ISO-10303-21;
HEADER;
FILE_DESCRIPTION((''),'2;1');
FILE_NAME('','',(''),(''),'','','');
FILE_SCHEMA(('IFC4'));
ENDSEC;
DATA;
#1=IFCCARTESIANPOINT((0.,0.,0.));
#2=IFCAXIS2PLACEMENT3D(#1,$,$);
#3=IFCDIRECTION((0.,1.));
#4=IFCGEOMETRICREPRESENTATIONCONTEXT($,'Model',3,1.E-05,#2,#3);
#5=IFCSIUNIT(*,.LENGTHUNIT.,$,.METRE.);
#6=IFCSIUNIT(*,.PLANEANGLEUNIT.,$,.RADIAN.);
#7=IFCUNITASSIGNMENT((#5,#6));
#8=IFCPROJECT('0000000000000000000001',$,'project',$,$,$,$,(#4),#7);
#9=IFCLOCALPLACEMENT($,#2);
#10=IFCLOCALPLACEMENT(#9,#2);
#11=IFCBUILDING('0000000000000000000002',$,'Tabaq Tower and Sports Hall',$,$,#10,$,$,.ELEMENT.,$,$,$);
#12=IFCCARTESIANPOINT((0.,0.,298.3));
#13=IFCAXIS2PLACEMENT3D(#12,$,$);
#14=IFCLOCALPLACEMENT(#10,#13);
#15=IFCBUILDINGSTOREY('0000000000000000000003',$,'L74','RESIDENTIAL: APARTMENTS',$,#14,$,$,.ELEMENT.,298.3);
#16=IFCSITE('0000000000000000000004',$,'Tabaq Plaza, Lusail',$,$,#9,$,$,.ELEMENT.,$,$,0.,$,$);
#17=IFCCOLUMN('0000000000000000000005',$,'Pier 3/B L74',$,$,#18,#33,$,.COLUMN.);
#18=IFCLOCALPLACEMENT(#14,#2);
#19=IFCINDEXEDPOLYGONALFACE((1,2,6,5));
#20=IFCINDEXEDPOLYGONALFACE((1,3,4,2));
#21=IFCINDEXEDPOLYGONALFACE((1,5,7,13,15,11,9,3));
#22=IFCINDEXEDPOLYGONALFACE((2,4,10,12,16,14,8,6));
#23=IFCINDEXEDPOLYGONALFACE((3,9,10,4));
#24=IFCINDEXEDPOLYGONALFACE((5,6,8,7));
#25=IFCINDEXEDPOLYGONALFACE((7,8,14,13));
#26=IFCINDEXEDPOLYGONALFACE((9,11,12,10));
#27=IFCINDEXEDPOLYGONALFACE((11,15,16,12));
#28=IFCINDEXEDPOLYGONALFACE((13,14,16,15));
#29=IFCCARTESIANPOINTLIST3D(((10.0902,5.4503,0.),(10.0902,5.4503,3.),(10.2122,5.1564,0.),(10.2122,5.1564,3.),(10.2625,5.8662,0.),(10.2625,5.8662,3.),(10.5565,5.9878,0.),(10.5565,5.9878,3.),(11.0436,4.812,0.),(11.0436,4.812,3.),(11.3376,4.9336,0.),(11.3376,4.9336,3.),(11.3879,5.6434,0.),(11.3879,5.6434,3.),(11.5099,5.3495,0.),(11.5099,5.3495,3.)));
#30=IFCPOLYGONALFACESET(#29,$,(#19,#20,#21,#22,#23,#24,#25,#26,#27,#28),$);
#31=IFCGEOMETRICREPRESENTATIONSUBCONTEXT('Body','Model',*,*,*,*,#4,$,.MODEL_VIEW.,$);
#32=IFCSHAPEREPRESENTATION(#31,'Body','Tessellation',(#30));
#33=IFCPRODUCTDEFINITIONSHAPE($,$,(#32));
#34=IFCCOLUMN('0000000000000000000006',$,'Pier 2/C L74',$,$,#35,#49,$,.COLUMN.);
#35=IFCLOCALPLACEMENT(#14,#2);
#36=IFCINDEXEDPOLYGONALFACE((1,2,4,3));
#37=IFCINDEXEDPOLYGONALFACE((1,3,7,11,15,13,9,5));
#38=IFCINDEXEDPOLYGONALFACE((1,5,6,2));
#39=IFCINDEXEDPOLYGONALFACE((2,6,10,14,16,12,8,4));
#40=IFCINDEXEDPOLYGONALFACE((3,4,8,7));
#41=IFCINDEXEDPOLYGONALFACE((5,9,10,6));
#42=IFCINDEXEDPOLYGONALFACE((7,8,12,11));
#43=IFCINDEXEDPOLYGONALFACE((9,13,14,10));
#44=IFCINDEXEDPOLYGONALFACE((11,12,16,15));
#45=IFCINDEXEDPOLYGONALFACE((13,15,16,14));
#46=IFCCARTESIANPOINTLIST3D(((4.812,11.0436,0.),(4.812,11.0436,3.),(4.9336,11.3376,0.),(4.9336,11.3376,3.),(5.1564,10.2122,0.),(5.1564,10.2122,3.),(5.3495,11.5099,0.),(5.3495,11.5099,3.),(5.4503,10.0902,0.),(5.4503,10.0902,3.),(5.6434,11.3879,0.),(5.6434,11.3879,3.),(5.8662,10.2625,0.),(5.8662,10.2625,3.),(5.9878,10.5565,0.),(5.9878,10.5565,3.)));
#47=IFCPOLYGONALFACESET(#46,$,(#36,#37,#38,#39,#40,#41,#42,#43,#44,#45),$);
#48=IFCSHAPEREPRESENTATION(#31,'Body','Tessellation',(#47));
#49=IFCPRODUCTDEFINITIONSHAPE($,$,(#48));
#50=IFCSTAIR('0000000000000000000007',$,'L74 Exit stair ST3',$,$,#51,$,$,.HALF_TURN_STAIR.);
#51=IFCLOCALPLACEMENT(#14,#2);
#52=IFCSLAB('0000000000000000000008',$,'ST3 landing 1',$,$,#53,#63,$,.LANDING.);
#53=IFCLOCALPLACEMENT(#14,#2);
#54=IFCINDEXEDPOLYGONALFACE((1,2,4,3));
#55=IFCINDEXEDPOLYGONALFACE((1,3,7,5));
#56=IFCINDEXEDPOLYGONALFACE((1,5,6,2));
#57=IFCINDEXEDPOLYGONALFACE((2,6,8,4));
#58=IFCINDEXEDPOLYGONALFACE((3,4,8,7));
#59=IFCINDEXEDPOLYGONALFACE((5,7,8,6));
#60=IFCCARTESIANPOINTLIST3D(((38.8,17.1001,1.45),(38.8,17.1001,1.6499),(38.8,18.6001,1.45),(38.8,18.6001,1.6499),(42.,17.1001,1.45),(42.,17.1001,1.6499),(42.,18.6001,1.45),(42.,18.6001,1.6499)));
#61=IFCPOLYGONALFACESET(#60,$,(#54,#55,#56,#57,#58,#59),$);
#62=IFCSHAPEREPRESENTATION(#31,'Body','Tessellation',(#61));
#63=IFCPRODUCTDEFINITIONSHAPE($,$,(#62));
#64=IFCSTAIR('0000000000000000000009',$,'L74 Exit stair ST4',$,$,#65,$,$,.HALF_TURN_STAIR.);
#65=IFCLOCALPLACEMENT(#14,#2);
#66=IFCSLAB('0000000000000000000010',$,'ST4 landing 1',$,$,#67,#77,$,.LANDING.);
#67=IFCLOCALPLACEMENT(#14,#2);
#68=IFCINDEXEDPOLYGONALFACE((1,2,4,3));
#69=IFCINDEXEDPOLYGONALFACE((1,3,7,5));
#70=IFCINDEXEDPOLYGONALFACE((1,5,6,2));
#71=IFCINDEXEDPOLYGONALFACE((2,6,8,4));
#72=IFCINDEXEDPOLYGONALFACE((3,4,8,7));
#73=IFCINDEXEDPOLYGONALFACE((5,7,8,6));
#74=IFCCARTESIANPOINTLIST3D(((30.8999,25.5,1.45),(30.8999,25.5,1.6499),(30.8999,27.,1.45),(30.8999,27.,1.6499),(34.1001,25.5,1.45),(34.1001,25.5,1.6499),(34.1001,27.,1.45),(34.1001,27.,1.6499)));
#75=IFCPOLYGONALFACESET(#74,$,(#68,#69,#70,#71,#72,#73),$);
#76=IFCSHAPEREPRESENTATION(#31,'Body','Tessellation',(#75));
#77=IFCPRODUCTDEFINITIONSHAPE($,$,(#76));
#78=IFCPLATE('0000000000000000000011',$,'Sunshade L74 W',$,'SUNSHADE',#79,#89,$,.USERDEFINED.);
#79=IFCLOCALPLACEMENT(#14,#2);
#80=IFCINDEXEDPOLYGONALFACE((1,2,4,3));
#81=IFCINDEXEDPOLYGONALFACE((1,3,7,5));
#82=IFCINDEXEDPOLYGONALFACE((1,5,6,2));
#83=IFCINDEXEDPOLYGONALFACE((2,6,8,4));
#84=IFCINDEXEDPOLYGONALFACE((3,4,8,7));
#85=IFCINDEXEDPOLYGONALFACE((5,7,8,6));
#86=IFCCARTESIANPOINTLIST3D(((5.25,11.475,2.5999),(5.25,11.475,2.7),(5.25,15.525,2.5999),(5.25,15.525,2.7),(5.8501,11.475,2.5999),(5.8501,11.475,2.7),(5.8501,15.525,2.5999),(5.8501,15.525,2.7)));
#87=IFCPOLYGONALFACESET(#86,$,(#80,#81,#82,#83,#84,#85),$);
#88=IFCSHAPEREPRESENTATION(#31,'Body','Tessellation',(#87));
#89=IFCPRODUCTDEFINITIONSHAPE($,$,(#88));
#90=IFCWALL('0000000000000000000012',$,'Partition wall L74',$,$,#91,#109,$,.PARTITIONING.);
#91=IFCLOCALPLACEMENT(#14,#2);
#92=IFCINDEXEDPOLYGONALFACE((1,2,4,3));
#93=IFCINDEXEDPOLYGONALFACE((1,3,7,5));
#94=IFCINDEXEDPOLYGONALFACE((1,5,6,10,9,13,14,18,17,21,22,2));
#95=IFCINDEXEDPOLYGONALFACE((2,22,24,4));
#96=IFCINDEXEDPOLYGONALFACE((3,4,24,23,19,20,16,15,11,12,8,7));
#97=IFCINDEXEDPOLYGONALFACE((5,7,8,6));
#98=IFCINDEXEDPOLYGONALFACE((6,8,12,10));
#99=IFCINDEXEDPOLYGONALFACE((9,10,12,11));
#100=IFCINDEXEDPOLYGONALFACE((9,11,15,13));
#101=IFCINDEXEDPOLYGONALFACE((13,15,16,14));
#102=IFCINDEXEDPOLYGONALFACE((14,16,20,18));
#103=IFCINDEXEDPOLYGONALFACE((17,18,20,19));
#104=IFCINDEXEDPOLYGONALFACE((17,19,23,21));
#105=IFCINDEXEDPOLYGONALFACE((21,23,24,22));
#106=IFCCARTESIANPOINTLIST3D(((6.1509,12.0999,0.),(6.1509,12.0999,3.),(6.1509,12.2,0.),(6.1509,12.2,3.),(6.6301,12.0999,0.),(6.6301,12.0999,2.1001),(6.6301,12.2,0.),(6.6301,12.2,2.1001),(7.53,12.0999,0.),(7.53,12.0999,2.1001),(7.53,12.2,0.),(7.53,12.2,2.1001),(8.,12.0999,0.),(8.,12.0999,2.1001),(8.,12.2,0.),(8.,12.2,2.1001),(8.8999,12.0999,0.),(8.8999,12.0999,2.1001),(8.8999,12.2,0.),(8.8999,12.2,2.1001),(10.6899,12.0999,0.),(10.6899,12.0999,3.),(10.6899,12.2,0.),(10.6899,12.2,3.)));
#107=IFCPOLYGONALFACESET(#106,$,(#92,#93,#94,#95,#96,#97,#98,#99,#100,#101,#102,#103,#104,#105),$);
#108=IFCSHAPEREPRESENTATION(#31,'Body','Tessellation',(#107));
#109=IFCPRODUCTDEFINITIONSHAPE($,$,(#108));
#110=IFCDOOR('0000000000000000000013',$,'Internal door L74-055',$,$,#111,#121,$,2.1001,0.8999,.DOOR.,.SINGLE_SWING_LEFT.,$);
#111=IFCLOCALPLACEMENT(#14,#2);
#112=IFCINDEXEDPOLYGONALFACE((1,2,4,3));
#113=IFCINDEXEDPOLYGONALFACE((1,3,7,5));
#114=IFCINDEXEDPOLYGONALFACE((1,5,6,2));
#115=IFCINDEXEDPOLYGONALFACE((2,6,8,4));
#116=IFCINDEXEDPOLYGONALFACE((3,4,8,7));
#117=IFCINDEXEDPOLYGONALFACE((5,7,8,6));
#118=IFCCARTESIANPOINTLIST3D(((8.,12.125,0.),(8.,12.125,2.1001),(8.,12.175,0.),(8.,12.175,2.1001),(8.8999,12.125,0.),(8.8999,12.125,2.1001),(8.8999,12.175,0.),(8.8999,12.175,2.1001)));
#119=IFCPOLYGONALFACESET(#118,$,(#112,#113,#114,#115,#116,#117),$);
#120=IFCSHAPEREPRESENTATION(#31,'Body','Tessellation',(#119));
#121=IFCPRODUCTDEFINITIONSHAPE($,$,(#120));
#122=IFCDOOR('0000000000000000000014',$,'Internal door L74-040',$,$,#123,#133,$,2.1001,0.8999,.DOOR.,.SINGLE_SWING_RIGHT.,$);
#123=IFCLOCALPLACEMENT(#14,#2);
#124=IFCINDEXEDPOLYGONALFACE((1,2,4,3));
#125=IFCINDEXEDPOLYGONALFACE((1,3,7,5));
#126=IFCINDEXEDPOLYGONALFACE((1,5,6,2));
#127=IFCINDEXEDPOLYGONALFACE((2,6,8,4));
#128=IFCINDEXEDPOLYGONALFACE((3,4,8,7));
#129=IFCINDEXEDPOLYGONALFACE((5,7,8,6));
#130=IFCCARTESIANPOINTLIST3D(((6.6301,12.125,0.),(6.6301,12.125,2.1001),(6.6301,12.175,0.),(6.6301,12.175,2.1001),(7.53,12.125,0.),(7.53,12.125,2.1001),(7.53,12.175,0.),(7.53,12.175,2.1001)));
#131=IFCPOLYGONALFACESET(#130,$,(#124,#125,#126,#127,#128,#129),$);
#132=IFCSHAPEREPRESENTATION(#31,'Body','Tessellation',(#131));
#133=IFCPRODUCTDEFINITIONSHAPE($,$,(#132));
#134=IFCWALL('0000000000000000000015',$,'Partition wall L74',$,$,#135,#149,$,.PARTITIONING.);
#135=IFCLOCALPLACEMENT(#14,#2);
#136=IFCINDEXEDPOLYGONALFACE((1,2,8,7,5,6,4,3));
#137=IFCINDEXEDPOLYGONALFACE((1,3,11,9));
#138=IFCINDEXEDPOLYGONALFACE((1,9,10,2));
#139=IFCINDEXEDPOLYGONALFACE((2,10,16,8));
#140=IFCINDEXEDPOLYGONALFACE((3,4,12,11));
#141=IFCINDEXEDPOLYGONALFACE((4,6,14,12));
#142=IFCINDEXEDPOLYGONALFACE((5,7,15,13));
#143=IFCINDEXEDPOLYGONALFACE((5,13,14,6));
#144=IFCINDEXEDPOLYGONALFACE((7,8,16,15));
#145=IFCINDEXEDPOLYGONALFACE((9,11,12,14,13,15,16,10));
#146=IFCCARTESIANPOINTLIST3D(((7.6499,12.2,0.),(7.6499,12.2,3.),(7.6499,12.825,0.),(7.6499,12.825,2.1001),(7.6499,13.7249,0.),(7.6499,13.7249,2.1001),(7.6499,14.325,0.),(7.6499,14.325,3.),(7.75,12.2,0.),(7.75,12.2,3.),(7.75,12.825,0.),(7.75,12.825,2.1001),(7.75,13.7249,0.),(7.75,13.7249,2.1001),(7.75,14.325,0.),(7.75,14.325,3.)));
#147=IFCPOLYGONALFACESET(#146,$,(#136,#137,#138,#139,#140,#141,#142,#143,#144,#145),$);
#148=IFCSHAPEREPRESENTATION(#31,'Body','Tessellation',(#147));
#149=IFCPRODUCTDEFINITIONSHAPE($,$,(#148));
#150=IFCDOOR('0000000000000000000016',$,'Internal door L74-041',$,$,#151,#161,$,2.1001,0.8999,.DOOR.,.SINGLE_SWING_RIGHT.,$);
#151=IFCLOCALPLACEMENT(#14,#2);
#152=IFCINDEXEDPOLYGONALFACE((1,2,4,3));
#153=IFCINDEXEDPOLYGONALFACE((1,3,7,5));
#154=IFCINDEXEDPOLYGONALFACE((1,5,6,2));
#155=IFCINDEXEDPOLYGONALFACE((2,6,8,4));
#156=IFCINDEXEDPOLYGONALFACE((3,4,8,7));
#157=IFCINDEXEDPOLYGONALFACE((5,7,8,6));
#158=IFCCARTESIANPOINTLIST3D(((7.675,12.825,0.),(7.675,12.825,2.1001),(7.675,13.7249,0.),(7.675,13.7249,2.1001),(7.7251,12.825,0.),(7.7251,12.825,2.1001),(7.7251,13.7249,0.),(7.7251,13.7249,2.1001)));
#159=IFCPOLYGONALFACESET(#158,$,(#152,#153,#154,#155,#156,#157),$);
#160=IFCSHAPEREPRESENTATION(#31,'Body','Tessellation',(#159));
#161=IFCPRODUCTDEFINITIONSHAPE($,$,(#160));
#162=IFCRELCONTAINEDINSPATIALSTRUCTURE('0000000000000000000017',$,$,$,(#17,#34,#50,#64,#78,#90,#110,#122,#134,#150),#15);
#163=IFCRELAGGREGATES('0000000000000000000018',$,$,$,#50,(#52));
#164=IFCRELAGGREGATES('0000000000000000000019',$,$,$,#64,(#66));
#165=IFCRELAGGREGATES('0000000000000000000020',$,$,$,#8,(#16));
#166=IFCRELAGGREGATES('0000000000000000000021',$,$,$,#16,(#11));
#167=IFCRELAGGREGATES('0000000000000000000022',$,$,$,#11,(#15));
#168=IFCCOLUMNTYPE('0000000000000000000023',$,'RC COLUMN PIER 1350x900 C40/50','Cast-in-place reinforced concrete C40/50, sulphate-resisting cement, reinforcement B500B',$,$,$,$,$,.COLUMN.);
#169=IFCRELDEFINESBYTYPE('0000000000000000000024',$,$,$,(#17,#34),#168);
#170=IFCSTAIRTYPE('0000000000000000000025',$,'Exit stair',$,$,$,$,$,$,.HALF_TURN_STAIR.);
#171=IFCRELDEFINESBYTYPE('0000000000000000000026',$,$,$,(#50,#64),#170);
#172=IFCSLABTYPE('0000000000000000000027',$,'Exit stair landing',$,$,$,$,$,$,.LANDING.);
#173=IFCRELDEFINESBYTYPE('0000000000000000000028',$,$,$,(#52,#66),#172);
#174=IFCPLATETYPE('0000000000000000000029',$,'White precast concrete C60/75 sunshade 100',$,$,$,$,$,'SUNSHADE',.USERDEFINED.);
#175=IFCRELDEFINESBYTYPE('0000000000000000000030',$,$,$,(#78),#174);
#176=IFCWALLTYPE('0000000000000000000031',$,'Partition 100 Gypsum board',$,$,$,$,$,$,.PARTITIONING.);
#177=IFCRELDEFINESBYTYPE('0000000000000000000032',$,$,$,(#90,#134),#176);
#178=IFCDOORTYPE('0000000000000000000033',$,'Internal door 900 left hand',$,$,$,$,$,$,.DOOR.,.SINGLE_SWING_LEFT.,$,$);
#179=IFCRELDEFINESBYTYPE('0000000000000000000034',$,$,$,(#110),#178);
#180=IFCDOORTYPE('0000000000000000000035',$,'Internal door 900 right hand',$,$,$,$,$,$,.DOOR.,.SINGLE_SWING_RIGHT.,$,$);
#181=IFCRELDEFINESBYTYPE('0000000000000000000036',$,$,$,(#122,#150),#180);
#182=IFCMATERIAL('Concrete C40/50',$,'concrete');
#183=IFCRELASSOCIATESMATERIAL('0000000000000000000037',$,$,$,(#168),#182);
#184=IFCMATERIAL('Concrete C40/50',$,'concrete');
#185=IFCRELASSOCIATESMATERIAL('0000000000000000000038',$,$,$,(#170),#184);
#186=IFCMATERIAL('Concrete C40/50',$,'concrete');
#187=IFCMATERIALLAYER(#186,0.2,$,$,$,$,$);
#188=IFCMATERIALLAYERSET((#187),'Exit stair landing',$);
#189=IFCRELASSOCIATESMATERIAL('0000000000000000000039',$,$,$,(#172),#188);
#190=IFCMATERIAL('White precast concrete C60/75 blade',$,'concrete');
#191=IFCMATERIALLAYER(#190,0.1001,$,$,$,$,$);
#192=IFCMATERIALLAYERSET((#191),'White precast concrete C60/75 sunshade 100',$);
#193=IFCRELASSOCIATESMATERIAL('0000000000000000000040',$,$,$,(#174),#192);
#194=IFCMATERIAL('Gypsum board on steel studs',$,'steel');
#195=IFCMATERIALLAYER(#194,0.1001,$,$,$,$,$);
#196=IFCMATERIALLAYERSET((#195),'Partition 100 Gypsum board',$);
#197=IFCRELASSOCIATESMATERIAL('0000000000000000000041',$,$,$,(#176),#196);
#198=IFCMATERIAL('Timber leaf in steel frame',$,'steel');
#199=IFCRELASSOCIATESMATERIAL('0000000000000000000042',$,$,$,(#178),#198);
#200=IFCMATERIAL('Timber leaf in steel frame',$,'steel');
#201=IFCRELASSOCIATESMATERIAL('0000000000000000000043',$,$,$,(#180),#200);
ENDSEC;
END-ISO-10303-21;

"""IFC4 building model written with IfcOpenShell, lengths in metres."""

from ifc_helpers import new_model, si_unit, direction, frame, frame_2d, origin, origin_2d, place, context, subcontext, project, spatial, polyline, rectangle, outline, extrude, material, layer, layer_set, material_profile, profile_set, type_object, element, fill, aggregate, save


model = new_model("IFC4")

# Units and contexts
model_context = context("Model", 3, precision=1e-05, world=origin(), true_north=direction((0.0, 1.0)))
body_context = subcontext(model_context, "Body", "Model", "MODEL_VIEW")
ifc_project = project(units=[si_unit("LENGTHUNIT", "METRE"), si_unit("PLANEANGLEUNIT", "RADIAN")], contexts=[model_context])

# Site, building, storey
site_placement = place(None, origin())
site = spatial("IfcSite", under=ifc_project, at=site_placement, Name="Tabaq Plaza, Lusail", CompositionType="ELEMENT", RefElevation=0.0)
building_placement = place(site_placement, origin())
building = spatial("IfcBuilding", under=site, at=building_placement, Name="Tabaq Tower and Sports Hall", CompositionType="ELEMENT")
storey_placement = place(building_placement, frame((0.0, 0.0, 298.3)))
storey = spatial("IfcBuildingStorey", under=building, at=storey_placement, Name="L74", Description="RESIDENTIAL: APARTMENTS", CompositionType="ELEMENT", Elevation=298.3)

# Columns
ifc_material_1 = material(Name="Concrete C40/50", Category="concrete")
ifc_material_profile = material_profile(ifc_material_1, outline(polyline([(-0.45, -0.45), (0.45, -0.45), (0.675, -0.2251), (0.675, 0.2251), (0.45, 0.45), (-0.45, 0.45), (-0.675, 0.2251), (-0.675, -0.2251), (-0.45, -0.45)])), Name="PIER 1350x900")
ifc_profile_set = profile_set([ifc_material_profile], Name="Concrete C40/50")
column_type = type_object("IfcColumnType", Name="RC COLUMN PIER 1350x900 C40/50", Description="Cast-in-place reinforced concrete C40/50, sulphate-resisting cement, reinforcement B500B", PredefinedType="COLUMN", material=ifc_profile_set)
for number, where, z_axis, x_axis, name in (
    (1, (10.8, 5.3999, 0.0), (0.0, 0.0, 1.0), (-0.92388, 0.382683, 0.0), "Pier 3/B L74"),
    (2, (5.3999, 10.8, 0.0), (0.0, 0.0, 1.0), (-0.382683, 0.92388, 0.0), "Pier 2/C L74"),
):
    element("IfcColumn", number, at=place(storey_placement, frame(where, z_axis=z_axis, x_axis=x_axis)), inside=storey, type_object=column_type, Name=name, PredefinedType="COLUMN", context=body_context, shape_type="SweptSolid", body=[
        extrude(outline(polyline([(-0.45, -0.45), (0.45, -0.45), (0.675, -0.2251), (0.675, 0.2251), (0.45, 0.45), (-0.45, 0.45), (-0.675, 0.2251), (-0.675, -0.2251), (-0.45, -0.45)])), origin(), (0.0, 0.0, 1.0), 3.0),
    ])

# Stairs, slabs
ifc_material_2 = material(Name="Concrete C40/50", Category="concrete")
stair_type = type_object("IfcStairType", Name="Exit stair", PredefinedType="HALF_TURN_STAIR", material=ifc_material_2)
stair_1_placement = place(storey_placement, origin())
stair_1 = element("IfcStair", 3, at=stair_1_placement, inside=storey, type_object=stair_type, Name="L74 Exit stair ST3", PredefinedType="HALF_TURN_STAIR")
ifc_material_3 = material(Name="Concrete C40/50", Category="concrete")
ifc_layer_1 = layer(ifc_material_3, 0.2)
ifc_layer_set_1 = layer_set([ifc_layer_1], Name="Exit stair landing")
slab_type = type_object("IfcSlabType", Name="Exit stair landing", PredefinedType="LANDING", material=ifc_layer_set_1)
slab_1_placement = place(storey_placement, frame((0.0, 0.0, 1.45)))
slab_1 = element("IfcSlab", 4, at=slab_1_placement, type_object=slab_type, Name="ST3 landing 1", PredefinedType="LANDING", context=body_context, shape_type="SweptSolid", body=[
    extrude(outline(polyline([(38.8, 18.6001), (38.8, 17.1001), (42.0, 17.1001), (42.0, 18.6001), (38.8, 18.6001)])), origin(), (0.0, 0.0, 1.0), 0.2),
])
aggregate(stair_1, [slab_1])
stair_2_placement = place(storey_placement, origin())
stair_2 = element("IfcStair", 5, at=stair_2_placement, inside=storey, type_object=stair_type, Name="L74 Exit stair ST4", PredefinedType="HALF_TURN_STAIR")
slab_2_placement = place(storey_placement, frame((0.0, 0.0, 1.45)))
slab_2 = element("IfcSlab", 6, at=slab_2_placement, type_object=slab_type, Name="ST4 landing 1", PredefinedType="LANDING", context=body_context, shape_type="SweptSolid", body=[
    extrude(outline(polyline([(30.8999, 27.0), (30.8999, 25.5), (34.1001, 25.5), (34.1001, 27.0), (30.8999, 27.0)])), origin(), (0.0, 0.0, 1.0), 0.2),
])
aggregate(stair_2, [slab_2])

# Plate
ifc_material_4 = material(Name="White precast concrete C60/75 blade", Category="concrete")
ifc_layer_2 = layer(ifc_material_4, 0.1001)
ifc_layer_set_2 = layer_set([ifc_layer_2], Name="White precast concrete C60/75 sunshade 100")
plate_type = type_object("IfcPlateType", Name="White precast concrete C60/75 sunshade 100", ElementType="SUNSHADE", PredefinedType="USERDEFINED", material=ifc_layer_set_2)
plate_placement = place(storey_placement, frame((5.55, 13.5, 2.5999), z_axis=(0.0, 0.0, 1.0), x_axis=(0.0, -1.0, 0.0)))
element("IfcPlate", 7, at=plate_placement, inside=storey, type_object=plate_type, Name="Sunshade L74 W", ObjectType="SUNSHADE", PredefinedType="USERDEFINED", context=body_context, shape_type="SweptSolid", body=[
    extrude(rectangle(XDim=4.05, YDim=0.6001, at=origin_2d()), origin(), (0.0, 0.0, 1.0), 0.1001),
])

# Wall, openings, doors
ifc_material_5 = material(Name="Gypsum board on steel studs", Category="steel")
ifc_layer_3 = layer(ifc_material_5, 0.1001)
ifc_layer_set_3 = layer_set([ifc_layer_3], Name="Partition 100 Gypsum board")
wall_type_1 = type_object("IfcWallType", Name="Partition 100 Gypsum board", PredefinedType="PARTITIONING", material=ifc_layer_set_3)
wall_1_placement = place(storey_placement, frame((10.6899, 12.1499, 0.0), z_axis=(0.0, 0.0, 1.0), x_axis=(-1.0, 0.0, 0.0)))
wall_1 = element("IfcWall", 8, at=wall_1_placement, inside=storey, type_object=wall_type_1, Name="Partition wall L74", PredefinedType="PARTITIONING", context=body_context, shape_type="SweptSolid", body=[
    extrude(rectangle(XDim=4.5391, YDim=0.1001, at=frame_2d((2.2695, 0.0))), origin(), (0.0, 0.0, 1.0), 3.0),
])
opening_1_placement = place(wall_1_placement, frame((3.1599, 0.0, 0.0)))
opening_1 = element("IfcOpeningElement", 9, at=opening_1_placement, cuts=wall_1, PredefinedType="OPENING", context=body_context, shape_type="SweptSolid", body=[
    extrude(rectangle(XDim=0.8999, YDim=2.1001, at=frame_2d((0.45, 1.05))), frame((0.0, 0.05, 0.0), z_axis=(0.0, -1.0, 0.0), x_axis=(1.0, 0.0, 0.0)), (0.0, 0.0, 1.0), 0.1001),
])
opening_2_placement = place(wall_1_placement, frame((1.79, 0.0, 0.0)))
opening_2 = element("IfcOpeningElement", 10, at=opening_2_placement, cuts=wall_1, PredefinedType="OPENING", context=body_context, shape_type="SweptSolid", body=[
    extrude(rectangle(XDim=0.8999, YDim=2.1001, at=frame_2d((0.45, 1.05))), frame((0.0, 0.05, 0.0), z_axis=(0.0, -1.0, 0.0), x_axis=(1.0, 0.0, 0.0)), (0.0, 0.0, 1.0), 0.1001),
])
ifc_material_6 = material(Name="Timber leaf in steel frame", Category="steel")
door_type_1 = type_object("IfcDoorType", Name="Internal door 900 left hand", OperationType="SINGLE_SWING_LEFT", PredefinedType="DOOR", material=ifc_material_6)
door_1_placement = place(opening_2_placement, origin())
door_1 = element("IfcDoor", 11, at=door_1_placement, inside=storey, type_object=door_type_1, Name="Internal door L74-055", OperationType="SINGLE_SWING_LEFT", OverallHeight=2.1001, OverallWidth=0.8999, PredefinedType="DOOR", context=body_context, shape_type="SweptSolid", body=[
    extrude(rectangle(XDim=0.8999, YDim=2.1001, at=frame_2d((0.45, 1.05))), frame((0.0, 0.0249, 0.0), z_axis=(0.0, -1.0, 0.0), x_axis=(1.0, 0.0, 0.0)), (0.0, 0.0, 1.0), 0.05),
])
fill(opening_2, door_1)
ifc_material_7 = material(Name="Timber leaf in steel frame", Category="steel")
door_type_2 = type_object("IfcDoorType", Name="Internal door 900 right hand", OperationType="SINGLE_SWING_RIGHT", PredefinedType="DOOR", material=ifc_material_7)
door_2_placement = place(opening_1_placement, origin())
door_2 = element("IfcDoor", 12, at=door_2_placement, inside=storey, type_object=door_type_2, Name="Internal door L74-040", OperationType="SINGLE_SWING_RIGHT", OverallHeight=2.1001, OverallWidth=0.8999, PredefinedType="DOOR", context=body_context, shape_type="SweptSolid", body=[
    extrude(rectangle(XDim=0.8999, YDim=2.1001, at=frame_2d((0.45, 1.05))), frame((0.0, 0.0249, 0.0), z_axis=(0.0, -1.0, 0.0), x_axis=(1.0, 0.0, 0.0)), (0.0, 0.0, 1.0), 0.05),
])
fill(opening_1, door_2)

# Wall, opening, door
wall_2_placement = place(storey_placement, frame((7.7, 12.2, 0.0), z_axis=(0.0, 0.0, 1.0), x_axis=(0.0, 1.0, 0.0)))
wall_2 = element("IfcWall", 13, at=wall_2_placement, inside=storey, type_object=wall_type_1, Name="Partition wall L74", PredefinedType="PARTITIONING", context=body_context, shape_type="SweptSolid", body=[
    extrude(rectangle(XDim=2.125, YDim=0.1001, at=frame_2d((1.0625, 0.0))), origin(), (0.0, 0.0, 1.0), 3.0),
])
opening_3_placement = place(wall_2_placement, frame((0.625, 0.0, 0.0)))
opening_3 = element("IfcOpeningElement", 14, at=opening_3_placement, cuts=wall_2, PredefinedType="OPENING", context=body_context, shape_type="SweptSolid", body=[
    extrude(rectangle(XDim=0.8999, YDim=2.1001, at=frame_2d((0.45, 1.05))), frame((0.0, 0.05, 0.0), z_axis=(0.0, -1.0, 0.0), x_axis=(1.0, 0.0, 0.0)), (0.0, 0.0, 1.0), 0.1001),
])
door_3_placement = place(opening_3_placement, origin())
door_3 = element("IfcDoor", 15, at=door_3_placement, inside=storey, type_object=door_type_2, Name="Internal door L74-041", OperationType="SINGLE_SWING_RIGHT", OverallHeight=2.1001, OverallWidth=0.8999, PredefinedType="DOOR", context=body_context, shape_type="SweptSolid", body=[
    extrude(rectangle(XDim=0.8999, YDim=2.1001, at=frame_2d((0.45, 1.05))), frame((0.0, 0.0249, 0.0), z_axis=(0.0, -1.0, 0.0), x_axis=(1.0, 0.0, 0.0)), (0.0, 0.0, 1.0), 0.05),
])
fill(opening_3, door_3)

save(model, "model.ifc")
